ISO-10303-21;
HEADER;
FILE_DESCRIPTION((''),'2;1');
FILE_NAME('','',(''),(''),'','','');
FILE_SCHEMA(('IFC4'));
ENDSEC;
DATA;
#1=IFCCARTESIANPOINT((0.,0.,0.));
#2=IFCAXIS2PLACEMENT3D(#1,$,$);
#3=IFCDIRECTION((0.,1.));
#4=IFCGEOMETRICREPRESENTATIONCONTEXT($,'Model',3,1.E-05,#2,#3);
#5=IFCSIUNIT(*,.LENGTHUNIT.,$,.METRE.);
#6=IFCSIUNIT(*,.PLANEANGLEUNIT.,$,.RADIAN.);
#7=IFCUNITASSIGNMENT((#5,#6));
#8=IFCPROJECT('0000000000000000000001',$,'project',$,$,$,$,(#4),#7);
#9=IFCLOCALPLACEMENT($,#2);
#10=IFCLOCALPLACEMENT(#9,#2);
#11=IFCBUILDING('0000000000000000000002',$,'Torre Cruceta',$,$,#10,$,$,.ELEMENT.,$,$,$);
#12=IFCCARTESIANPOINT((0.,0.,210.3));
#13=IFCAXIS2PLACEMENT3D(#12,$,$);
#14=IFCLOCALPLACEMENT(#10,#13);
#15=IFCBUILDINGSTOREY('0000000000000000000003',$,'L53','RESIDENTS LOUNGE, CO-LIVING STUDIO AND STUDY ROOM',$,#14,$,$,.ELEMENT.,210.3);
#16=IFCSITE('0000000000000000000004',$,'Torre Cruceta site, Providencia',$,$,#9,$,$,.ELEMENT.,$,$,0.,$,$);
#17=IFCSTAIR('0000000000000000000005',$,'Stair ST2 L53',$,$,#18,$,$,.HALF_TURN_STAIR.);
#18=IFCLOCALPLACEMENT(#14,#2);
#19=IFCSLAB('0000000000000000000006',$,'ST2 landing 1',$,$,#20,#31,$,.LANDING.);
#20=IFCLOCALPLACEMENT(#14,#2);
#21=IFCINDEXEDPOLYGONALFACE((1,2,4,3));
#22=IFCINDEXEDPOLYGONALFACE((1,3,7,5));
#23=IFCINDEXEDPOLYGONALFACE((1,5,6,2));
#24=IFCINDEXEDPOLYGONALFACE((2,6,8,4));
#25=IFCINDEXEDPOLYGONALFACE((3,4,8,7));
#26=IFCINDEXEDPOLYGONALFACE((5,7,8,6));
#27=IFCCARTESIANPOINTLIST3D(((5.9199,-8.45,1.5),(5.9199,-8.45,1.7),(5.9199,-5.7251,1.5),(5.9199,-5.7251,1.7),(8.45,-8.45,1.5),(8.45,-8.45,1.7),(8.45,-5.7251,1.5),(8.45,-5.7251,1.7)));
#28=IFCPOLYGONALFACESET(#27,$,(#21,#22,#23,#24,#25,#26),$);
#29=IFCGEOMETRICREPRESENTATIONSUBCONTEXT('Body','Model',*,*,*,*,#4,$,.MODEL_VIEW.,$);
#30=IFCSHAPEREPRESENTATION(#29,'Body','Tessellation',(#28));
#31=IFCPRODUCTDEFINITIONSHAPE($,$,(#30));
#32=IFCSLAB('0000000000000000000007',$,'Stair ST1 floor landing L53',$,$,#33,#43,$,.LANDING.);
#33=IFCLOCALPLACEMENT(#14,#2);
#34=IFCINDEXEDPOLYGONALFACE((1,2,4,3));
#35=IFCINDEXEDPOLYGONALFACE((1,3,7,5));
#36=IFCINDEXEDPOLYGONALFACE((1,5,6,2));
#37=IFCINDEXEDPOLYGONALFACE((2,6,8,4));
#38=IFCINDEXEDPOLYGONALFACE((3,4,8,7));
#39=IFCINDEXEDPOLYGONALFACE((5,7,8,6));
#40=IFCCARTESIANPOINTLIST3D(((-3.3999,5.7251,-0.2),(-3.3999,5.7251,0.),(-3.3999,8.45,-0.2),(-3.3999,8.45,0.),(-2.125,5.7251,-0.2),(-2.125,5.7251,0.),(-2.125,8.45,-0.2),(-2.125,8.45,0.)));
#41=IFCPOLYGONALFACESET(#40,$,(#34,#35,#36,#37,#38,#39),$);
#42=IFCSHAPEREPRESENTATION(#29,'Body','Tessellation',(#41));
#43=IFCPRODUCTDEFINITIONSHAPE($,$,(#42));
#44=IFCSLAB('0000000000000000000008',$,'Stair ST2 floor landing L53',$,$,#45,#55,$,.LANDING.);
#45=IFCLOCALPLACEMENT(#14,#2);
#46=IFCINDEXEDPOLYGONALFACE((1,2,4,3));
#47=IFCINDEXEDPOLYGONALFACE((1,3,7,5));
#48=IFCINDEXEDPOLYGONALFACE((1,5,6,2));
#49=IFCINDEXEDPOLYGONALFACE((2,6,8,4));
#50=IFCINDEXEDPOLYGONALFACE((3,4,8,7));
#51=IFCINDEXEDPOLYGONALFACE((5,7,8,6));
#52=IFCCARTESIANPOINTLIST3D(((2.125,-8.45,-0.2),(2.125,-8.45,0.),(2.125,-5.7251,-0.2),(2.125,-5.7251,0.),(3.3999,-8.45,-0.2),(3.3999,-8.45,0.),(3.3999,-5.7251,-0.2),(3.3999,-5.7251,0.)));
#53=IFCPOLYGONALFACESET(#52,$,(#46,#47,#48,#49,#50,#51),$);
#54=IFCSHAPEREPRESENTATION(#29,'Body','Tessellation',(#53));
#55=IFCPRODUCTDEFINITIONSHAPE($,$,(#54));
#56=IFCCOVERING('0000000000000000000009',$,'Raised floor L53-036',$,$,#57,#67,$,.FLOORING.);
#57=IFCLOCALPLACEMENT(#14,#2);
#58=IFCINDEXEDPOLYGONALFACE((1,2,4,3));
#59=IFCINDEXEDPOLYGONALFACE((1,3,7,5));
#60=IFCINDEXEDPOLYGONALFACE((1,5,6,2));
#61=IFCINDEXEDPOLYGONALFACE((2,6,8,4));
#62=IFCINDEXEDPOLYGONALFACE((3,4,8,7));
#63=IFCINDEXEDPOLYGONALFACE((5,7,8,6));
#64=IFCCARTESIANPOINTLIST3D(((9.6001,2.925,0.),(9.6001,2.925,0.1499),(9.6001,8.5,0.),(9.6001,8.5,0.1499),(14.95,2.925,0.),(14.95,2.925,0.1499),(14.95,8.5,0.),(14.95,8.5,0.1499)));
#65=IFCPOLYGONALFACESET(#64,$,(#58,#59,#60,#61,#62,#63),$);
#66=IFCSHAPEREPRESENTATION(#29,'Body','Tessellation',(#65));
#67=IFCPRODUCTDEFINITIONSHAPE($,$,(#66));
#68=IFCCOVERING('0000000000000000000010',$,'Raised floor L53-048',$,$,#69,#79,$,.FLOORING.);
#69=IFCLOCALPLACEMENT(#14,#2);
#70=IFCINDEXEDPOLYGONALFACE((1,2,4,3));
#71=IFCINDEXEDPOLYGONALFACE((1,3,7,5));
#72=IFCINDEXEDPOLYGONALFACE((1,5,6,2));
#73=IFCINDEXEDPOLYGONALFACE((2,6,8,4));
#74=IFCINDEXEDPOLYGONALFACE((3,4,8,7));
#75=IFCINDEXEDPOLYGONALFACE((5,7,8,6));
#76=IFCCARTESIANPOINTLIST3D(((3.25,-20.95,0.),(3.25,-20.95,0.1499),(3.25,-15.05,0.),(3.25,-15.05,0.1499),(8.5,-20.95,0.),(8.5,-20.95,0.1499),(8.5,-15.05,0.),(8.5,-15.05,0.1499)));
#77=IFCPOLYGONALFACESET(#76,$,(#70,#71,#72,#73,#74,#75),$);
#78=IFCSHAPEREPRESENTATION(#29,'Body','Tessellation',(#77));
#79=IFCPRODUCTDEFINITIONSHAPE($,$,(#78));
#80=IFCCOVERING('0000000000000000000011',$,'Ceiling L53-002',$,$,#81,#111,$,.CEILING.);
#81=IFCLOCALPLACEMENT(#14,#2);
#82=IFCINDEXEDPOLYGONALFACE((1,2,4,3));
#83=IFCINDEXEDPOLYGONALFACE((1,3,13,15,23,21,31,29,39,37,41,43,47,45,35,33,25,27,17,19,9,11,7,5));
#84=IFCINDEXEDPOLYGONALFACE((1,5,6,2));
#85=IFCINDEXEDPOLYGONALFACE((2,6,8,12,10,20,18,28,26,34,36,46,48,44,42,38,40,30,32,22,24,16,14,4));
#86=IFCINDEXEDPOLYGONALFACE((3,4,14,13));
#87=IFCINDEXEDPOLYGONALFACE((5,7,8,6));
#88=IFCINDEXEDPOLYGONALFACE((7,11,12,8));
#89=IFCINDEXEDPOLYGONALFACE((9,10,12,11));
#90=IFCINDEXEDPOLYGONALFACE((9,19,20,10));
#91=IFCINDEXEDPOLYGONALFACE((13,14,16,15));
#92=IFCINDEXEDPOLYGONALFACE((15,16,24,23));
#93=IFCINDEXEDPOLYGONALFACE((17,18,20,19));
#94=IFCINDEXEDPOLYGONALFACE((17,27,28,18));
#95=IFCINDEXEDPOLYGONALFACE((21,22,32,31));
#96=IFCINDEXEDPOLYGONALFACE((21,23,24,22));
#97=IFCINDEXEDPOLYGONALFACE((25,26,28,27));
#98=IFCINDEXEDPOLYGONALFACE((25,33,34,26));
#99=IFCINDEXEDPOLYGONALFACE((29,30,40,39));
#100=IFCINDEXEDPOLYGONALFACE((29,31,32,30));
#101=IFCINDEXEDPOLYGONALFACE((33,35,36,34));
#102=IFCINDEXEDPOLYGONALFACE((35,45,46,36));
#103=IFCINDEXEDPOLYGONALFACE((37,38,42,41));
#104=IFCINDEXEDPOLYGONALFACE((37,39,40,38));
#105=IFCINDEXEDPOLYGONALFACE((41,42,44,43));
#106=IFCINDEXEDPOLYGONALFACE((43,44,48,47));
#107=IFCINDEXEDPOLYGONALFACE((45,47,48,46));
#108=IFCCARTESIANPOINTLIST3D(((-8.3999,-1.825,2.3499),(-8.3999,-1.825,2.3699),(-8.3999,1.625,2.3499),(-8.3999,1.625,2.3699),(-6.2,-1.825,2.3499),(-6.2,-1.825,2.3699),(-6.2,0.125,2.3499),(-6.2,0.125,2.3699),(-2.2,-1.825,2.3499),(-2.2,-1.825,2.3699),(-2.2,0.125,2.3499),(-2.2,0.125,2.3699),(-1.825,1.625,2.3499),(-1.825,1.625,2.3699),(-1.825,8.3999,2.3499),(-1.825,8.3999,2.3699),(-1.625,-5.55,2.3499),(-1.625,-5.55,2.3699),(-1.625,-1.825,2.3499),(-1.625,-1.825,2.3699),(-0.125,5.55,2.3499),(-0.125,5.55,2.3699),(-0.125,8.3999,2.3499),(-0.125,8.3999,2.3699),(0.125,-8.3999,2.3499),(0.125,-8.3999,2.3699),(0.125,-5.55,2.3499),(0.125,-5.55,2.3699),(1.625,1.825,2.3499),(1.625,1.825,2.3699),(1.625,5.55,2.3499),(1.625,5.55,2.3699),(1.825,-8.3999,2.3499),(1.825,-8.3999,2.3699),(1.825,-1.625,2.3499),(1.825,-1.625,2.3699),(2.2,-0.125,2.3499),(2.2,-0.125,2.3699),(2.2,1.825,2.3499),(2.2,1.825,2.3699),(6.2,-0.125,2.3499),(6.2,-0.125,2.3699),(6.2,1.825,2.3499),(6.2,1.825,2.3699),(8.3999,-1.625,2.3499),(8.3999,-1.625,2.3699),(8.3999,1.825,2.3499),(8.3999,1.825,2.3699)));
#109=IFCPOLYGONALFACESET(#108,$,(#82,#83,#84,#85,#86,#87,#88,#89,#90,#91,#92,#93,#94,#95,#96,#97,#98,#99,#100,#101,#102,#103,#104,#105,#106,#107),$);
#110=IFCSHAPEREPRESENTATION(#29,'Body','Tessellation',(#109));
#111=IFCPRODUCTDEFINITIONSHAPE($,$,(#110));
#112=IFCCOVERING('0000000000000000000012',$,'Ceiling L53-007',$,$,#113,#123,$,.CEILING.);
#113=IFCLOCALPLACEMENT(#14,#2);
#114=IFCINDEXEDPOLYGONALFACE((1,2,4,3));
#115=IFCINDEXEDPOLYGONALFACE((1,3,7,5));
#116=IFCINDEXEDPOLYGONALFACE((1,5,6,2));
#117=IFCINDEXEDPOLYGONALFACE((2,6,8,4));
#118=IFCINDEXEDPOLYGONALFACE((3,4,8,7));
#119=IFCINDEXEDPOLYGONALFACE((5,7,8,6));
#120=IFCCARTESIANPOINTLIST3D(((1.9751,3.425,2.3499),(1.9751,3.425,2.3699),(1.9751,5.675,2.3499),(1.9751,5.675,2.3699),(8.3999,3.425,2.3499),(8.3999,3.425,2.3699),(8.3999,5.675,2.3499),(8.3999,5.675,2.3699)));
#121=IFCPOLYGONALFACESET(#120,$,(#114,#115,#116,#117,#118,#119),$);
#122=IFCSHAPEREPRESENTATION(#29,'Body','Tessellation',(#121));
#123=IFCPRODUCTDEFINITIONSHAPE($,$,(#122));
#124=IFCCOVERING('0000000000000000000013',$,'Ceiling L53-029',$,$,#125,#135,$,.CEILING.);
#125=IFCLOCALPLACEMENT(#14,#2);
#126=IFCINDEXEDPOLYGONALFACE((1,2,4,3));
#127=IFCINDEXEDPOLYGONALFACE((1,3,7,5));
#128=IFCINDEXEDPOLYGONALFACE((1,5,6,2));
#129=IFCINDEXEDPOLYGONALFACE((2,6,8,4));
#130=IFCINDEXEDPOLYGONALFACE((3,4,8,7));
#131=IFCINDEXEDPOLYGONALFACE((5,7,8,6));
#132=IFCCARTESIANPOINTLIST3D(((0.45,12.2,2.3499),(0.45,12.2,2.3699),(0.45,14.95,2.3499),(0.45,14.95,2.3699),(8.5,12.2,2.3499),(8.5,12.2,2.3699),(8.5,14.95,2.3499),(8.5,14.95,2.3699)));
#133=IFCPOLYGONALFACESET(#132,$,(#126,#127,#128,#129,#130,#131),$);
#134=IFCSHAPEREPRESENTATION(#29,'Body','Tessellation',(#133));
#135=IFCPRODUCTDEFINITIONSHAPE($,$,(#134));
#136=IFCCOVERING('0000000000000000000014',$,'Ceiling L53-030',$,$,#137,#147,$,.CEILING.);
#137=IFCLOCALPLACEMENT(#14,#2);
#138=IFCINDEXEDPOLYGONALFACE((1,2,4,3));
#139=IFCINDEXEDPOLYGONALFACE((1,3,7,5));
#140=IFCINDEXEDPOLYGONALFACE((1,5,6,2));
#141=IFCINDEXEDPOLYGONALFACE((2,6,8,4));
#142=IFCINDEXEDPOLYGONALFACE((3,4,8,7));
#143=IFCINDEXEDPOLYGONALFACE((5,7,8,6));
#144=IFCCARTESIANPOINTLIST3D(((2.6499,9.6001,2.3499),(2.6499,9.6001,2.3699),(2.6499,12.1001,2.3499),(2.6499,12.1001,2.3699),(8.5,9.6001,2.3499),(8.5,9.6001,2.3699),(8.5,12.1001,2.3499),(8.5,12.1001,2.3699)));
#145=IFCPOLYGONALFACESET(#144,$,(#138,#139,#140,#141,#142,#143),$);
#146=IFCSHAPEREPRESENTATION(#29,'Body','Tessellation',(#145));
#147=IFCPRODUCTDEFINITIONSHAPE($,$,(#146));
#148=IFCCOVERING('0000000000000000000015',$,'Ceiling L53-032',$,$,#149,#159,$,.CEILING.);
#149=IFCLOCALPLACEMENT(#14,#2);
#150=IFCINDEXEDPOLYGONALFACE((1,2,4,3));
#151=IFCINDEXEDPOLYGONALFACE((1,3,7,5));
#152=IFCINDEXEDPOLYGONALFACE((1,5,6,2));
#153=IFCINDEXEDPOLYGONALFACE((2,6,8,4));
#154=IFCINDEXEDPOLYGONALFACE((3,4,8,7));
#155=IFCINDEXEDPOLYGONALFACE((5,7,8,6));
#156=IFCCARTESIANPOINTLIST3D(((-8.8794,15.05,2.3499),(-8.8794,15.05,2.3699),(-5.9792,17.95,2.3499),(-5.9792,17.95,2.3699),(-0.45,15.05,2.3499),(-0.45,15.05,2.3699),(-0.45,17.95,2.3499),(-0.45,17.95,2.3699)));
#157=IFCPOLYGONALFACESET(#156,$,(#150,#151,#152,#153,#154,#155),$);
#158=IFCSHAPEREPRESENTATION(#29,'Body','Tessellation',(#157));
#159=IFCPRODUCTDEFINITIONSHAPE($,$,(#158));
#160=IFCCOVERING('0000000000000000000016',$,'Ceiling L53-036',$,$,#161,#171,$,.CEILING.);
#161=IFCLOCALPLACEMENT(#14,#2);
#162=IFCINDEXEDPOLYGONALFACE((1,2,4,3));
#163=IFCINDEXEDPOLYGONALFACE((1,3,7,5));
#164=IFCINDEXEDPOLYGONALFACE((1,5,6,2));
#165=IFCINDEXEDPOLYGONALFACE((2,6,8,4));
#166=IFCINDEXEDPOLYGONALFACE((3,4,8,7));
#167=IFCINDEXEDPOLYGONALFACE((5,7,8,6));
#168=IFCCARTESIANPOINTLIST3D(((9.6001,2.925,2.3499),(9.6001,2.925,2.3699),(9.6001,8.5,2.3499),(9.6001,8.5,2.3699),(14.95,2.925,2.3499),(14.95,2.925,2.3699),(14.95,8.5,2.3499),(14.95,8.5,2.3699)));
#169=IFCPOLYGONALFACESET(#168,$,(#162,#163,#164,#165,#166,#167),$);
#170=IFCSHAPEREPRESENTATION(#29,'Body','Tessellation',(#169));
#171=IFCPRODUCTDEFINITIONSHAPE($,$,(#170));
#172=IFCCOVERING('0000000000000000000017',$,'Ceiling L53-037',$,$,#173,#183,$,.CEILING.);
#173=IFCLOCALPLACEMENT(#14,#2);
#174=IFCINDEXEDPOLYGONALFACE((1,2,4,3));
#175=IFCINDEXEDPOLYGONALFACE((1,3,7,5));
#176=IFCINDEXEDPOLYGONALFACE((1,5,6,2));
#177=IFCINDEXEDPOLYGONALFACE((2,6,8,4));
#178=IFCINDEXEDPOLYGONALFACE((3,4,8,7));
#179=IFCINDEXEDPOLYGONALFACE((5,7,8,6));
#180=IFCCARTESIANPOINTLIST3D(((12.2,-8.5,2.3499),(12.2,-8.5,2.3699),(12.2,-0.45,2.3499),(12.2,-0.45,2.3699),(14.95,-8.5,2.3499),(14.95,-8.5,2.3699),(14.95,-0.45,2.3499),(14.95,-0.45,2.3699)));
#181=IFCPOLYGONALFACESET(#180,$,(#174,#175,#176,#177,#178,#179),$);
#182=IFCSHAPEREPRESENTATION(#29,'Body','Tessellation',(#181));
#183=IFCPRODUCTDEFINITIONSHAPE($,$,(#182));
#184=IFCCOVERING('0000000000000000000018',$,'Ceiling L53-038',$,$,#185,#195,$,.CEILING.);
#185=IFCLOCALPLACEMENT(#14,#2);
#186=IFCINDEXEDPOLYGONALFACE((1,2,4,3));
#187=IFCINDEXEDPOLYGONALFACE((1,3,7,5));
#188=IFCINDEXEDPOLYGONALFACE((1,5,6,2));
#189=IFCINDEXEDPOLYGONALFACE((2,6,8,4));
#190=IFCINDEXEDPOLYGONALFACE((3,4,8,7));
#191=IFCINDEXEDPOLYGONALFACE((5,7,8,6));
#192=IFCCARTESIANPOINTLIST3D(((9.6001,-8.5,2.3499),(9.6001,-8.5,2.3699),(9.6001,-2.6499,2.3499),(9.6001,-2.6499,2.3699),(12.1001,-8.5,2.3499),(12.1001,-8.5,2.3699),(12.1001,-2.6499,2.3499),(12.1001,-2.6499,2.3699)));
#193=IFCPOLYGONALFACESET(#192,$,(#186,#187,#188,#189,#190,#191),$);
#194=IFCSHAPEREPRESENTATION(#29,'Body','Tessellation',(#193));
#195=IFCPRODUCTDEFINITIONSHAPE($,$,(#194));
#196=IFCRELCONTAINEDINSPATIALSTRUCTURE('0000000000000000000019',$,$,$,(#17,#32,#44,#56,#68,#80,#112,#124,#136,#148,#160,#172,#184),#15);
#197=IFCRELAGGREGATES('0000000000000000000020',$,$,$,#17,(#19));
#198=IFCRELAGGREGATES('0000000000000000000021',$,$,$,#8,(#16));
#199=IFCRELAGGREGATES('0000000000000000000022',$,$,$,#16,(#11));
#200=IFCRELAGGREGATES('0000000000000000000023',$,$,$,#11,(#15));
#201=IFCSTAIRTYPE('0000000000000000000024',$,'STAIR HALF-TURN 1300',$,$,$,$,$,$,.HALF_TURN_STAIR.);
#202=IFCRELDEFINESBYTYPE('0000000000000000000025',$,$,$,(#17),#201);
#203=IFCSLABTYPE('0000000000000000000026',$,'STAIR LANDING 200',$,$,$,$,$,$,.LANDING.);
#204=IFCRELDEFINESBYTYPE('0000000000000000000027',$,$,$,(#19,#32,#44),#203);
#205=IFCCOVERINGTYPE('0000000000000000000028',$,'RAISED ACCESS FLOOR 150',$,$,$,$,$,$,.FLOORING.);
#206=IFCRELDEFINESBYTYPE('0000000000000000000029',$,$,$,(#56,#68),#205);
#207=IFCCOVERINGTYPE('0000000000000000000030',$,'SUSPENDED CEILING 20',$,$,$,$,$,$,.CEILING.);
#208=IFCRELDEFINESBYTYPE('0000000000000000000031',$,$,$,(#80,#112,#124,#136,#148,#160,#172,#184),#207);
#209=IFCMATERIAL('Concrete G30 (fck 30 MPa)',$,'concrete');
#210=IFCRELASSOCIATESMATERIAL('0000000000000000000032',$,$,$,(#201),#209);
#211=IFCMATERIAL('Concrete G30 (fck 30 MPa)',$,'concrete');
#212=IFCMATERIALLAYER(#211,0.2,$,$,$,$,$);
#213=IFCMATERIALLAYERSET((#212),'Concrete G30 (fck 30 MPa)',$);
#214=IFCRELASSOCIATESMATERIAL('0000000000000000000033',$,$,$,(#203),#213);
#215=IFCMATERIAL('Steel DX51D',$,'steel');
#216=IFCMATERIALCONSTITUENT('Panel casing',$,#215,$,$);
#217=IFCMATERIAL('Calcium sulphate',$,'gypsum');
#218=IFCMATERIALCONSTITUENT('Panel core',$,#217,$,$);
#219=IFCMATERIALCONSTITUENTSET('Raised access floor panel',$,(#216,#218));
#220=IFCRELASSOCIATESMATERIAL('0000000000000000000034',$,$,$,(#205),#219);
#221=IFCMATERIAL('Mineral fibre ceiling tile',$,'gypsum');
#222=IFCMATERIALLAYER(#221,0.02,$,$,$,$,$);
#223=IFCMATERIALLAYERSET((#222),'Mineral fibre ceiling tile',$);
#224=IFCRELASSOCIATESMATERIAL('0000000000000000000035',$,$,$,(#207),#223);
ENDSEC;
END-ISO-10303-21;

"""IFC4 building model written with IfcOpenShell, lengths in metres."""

from ifc_helpers import new_model, si_unit, direction, frame, origin, place, context, subcontext, project, spatial, polyline, outline, extrude, material, layer, layer_set, constituent, constituent_set, type_object, element, aggregate, save


model = new_model("IFC4")

# Units and contexts
model_context = context("Model", 3, precision=1e-05, world=origin(), true_north=direction((0.0, 1.0)))
body_context = subcontext(model_context, "Body", "Model", "MODEL_VIEW")
ifc_project = project(units=[si_unit("LENGTHUNIT", "METRE"), si_unit("PLANEANGLEUNIT", "RADIAN")], contexts=[model_context])

# Site, building, storey
site_placement = place(None, origin())
site = spatial("IfcSite", under=ifc_project, at=site_placement, Name="Torre Cruceta site, Providencia", CompositionType="ELEMENT", RefElevation=0.0)
building_placement = place(site_placement, origin())
building = spatial("IfcBuilding", under=site, at=building_placement, Name="Torre Cruceta", CompositionType="ELEMENT")
storey_placement = place(building_placement, frame((0.0, 0.0, 210.3)))
storey = spatial("IfcBuildingStorey", under=building, at=storey_placement, Name="L53", Description="RESIDENTS LOUNGE, CO-LIVING STUDIO AND STUDY ROOM", CompositionType="ELEMENT", Elevation=210.3)

# Stair, slab
ifc_material_1 = material(Name="Concrete G30 (fck 30 MPa)", Category="concrete")
stair_type = type_object("IfcStairType", Name="STAIR HALF-TURN 1300", PredefinedType="HALF_TURN_STAIR", material=ifc_material_1)
stair_placement = place(storey_placement, origin())
stair = element("IfcStair", 1, at=stair_placement, inside=storey, type_object=stair_type, Name="Stair ST2 L53", PredefinedType="HALF_TURN_STAIR")
ifc_material_2 = material(Name="Concrete G30 (fck 30 MPa)", Category="concrete")
ifc_layer_1 = layer(ifc_material_2, 0.2)
ifc_layer_set_1 = layer_set([ifc_layer_1], Name="Concrete G30 (fck 30 MPa)")
slab_type = type_object("IfcSlabType", Name="STAIR LANDING 200", PredefinedType="LANDING", material=ifc_layer_set_1)
slab_1_placement = place(storey_placement, frame((0.0, 0.0, 1.5)))
slab_1 = element("IfcSlab", 2, at=slab_1_placement, type_object=slab_type, Name="ST2 landing 1", PredefinedType="LANDING", context=body_context, shape_type="SweptSolid", body=[
    extrude(outline(polyline([(5.9199, -8.45), (8.45, -8.45), (8.45, -5.7251), (5.9199, -5.7251), (5.9199, -8.45)])), origin(), (0.0, 0.0, 1.0), 0.2),
])
aggregate(stair, [slab_1])

# Slabs
slab_2_placement = place(storey_placement, frame((0.0, 0.0, -0.2)))
element("IfcSlab", 3, at=slab_2_placement, inside=storey, type_object=slab_type, Name="Stair ST1 floor landing L53", PredefinedType="LANDING", context=body_context, shape_type="SweptSolid", body=[
    extrude(outline(polyline([(-2.125, 8.45), (-2.125, 5.7251), (-3.3999, 5.7251), (-3.3999, 8.45), (-2.125, 8.45)])), origin(), (0.0, 0.0, 1.0), 0.2),
])
slab_3_placement = place(storey_placement, frame((0.0, 0.0, -0.2)))
element("IfcSlab", 4, at=slab_3_placement, inside=storey, type_object=slab_type, Name="Stair ST2 floor landing L53", PredefinedType="LANDING", context=body_context, shape_type="SweptSolid", body=[
    extrude(outline(polyline([(2.125, -8.45), (2.125, -5.7251), (3.3999, -5.7251), (3.3999, -8.45), (2.125, -8.45)])), origin(), (0.0, 0.0, 1.0), 0.2),
])

# Coverings
ifc_material_3 = material(Name="Steel DX51D", Category="steel")
ifc_constituent_1 = constituent(ifc_material_3, Name="Panel casing")
ifc_material_4 = material(Name="Calcium sulphate", Category="gypsum")
ifc_constituent_2 = constituent(ifc_material_4, Name="Panel core")
ifc_constituent_set = constituent_set(constituents=[ifc_constituent_1, ifc_constituent_2], Name="Raised access floor panel")
covering_type_1 = type_object("IfcCoveringType", Name="RAISED ACCESS FLOOR 150", PredefinedType="FLOORING", material=ifc_constituent_set)
covering_1_placement = place(storey_placement, origin())
element("IfcCovering", 5, at=covering_1_placement, inside=storey, type_object=covering_type_1, Name="Raised floor L53-036", PredefinedType="FLOORING", context=body_context, shape_type="SweptSolid", body=[
    extrude(outline(polyline([(9.6001, 2.925), (9.6001, 8.5), (14.95, 8.5), (14.95, 2.925), (9.6001, 2.925)])), origin(), (0.0, 0.0, 1.0), 0.1499),
])
covering_2_placement = place(storey_placement, origin())
element("IfcCovering", 6, at=covering_2_placement, inside=storey, type_object=covering_type_1, Name="Raised floor L53-048", PredefinedType="FLOORING", context=body_context, shape_type="SweptSolid", body=[
    extrude(outline(polyline([(3.25, -15.05), (8.5, -15.05), (8.5, -20.95), (3.25, -20.95), (3.25, -15.05)])), origin(), (0.0, 0.0, 1.0), 0.1499),
])
ifc_material_5 = material(Name="Mineral fibre ceiling tile", Category="gypsum")
ifc_layer_2 = layer(ifc_material_5, 0.02)
ifc_layer_set_2 = layer_set([ifc_layer_2], Name="Mineral fibre ceiling tile")
covering_type_2 = type_object("IfcCoveringType", Name="SUSPENDED CEILING 20", PredefinedType="CEILING", material=ifc_layer_set_2)
covering_3_placement = place(storey_placement, frame((0.0, 0.0, 2.3499)))
element("IfcCovering", 7, at=covering_3_placement, inside=storey, type_object=covering_type_2, Name="Ceiling L53-002", PredefinedType="CEILING", context=body_context, shape_type="SweptSolid", body=[
    extrude(outline(polyline([(1.825, -8.3999), (0.125, -8.3999), (0.125, -5.55), (-1.625, -5.55), (-1.625, -1.825), (-2.2, -1.825), (-2.2, 0.125), (-6.2, 0.125), (-6.2, -1.825), (-8.3999, -1.825), (-8.3999, 1.625), (-1.825, 1.625), (-1.825, 8.3999), (-0.125, 8.3999), (-0.125, 5.55), (1.625, 5.55), (1.625, 1.825), (2.2, 1.825), (2.2, -0.125), (6.2, -0.125), (6.2, 1.825), (8.3999, 1.825), (8.3999, -1.625), (1.825, -1.625), (1.825, -8.3999)])), origin(), (0.0, 0.0, 1.0), 0.02),
])
covering_4_placement = place(storey_placement, frame((0.0, 0.0, 2.3499)))
element("IfcCovering", 8, at=covering_4_placement, inside=storey, type_object=covering_type_2, Name="Ceiling L53-007", PredefinedType="CEILING", context=body_context, shape_type="SweptSolid", body=[
    extrude(outline(polyline([(1.9751, 3.425), (1.9751, 5.675), (8.3999, 5.675), (8.3999, 3.425), (1.9751, 3.425)])), origin(), (0.0, 0.0, 1.0), 0.02),
])
covering_5_placement = place(storey_placement, frame((0.0, 0.0, 2.3499)))
element("IfcCovering", 9, at=covering_5_placement, inside=storey, type_object=covering_type_2, Name="Ceiling L53-029", PredefinedType="CEILING", context=body_context, shape_type="SweptSolid", body=[
    extrude(outline(polyline([(8.5, 14.95), (8.5, 12.2), (0.45, 12.2), (0.45, 14.95), (8.5, 14.95)])), origin(), (0.0, 0.0, 1.0), 0.02),
])
covering_6_placement = place(storey_placement, frame((0.0, 0.0, 2.3499)))
element("IfcCovering", 10, at=covering_6_placement, inside=storey, type_object=covering_type_2, Name="Ceiling L53-030", PredefinedType="CEILING", context=body_context, shape_type="SweptSolid", body=[
    extrude(outline(polyline([(8.5, 9.6001), (2.6499, 9.6001), (2.6499, 12.1001), (8.5, 12.1001), (8.5, 9.6001)])), origin(), (0.0, 0.0, 1.0), 0.02),
])
covering_7_placement = place(storey_placement, frame((0.0, 0.0, 2.3499)))
element("IfcCovering", 11, at=covering_7_placement, inside=storey, type_object=covering_type_2, Name="Ceiling L53-032", PredefinedType="CEILING", context=body_context, shape_type="SweptSolid", body=[
    extrude(outline(polyline([(-5.9792, 17.95), (-0.45, 17.95), (-0.45, 15.05), (-8.8794, 15.05), (-5.9792, 17.95)])), origin(), (0.0, 0.0, 1.0), 0.02),
])
covering_8_placement = place(storey_placement, frame((0.0, 0.0, 2.3499)))
element("IfcCovering", 12, at=covering_8_placement, inside=storey, type_object=covering_type_2, Name="Ceiling L53-036", PredefinedType="CEILING", context=body_context, shape_type="SweptSolid", body=[
    extrude(outline(polyline([(9.6001, 2.925), (9.6001, 8.5), (14.95, 8.5), (14.95, 2.925), (9.6001, 2.925)])), origin(), (0.0, 0.0, 1.0), 0.02),
])
covering_9_placement = place(storey_placement, frame((0.0, 0.0, 2.3499)))
element("IfcCovering", 13, at=covering_9_placement, inside=storey, type_object=covering_type_2, Name="Ceiling L53-037", PredefinedType="CEILING", context=body_context, shape_type="SweptSolid", body=[
    extrude(outline(polyline([(14.95, -8.5), (12.2, -8.5), (12.2, -0.45), (14.95, -0.45), (14.95, -8.5)])), origin(), (0.0, 0.0, 1.0), 0.02),
])
covering_10_placement = place(storey_placement, frame((0.0, 0.0, 2.3499)))
element("IfcCovering", 14, at=covering_10_placement, inside=storey, type_object=covering_type_2, Name="Ceiling L53-038", PredefinedType="CEILING", context=body_context, shape_type="SweptSolid", body=[
    extrude(outline(polyline([(9.6001, -8.5), (9.6001, -2.6499), (12.1001, -2.6499), (12.1001, -8.5), (9.6001, -8.5)])), origin(), (0.0, 0.0, 1.0), 0.02),
])

save(model, "model.ifc")
